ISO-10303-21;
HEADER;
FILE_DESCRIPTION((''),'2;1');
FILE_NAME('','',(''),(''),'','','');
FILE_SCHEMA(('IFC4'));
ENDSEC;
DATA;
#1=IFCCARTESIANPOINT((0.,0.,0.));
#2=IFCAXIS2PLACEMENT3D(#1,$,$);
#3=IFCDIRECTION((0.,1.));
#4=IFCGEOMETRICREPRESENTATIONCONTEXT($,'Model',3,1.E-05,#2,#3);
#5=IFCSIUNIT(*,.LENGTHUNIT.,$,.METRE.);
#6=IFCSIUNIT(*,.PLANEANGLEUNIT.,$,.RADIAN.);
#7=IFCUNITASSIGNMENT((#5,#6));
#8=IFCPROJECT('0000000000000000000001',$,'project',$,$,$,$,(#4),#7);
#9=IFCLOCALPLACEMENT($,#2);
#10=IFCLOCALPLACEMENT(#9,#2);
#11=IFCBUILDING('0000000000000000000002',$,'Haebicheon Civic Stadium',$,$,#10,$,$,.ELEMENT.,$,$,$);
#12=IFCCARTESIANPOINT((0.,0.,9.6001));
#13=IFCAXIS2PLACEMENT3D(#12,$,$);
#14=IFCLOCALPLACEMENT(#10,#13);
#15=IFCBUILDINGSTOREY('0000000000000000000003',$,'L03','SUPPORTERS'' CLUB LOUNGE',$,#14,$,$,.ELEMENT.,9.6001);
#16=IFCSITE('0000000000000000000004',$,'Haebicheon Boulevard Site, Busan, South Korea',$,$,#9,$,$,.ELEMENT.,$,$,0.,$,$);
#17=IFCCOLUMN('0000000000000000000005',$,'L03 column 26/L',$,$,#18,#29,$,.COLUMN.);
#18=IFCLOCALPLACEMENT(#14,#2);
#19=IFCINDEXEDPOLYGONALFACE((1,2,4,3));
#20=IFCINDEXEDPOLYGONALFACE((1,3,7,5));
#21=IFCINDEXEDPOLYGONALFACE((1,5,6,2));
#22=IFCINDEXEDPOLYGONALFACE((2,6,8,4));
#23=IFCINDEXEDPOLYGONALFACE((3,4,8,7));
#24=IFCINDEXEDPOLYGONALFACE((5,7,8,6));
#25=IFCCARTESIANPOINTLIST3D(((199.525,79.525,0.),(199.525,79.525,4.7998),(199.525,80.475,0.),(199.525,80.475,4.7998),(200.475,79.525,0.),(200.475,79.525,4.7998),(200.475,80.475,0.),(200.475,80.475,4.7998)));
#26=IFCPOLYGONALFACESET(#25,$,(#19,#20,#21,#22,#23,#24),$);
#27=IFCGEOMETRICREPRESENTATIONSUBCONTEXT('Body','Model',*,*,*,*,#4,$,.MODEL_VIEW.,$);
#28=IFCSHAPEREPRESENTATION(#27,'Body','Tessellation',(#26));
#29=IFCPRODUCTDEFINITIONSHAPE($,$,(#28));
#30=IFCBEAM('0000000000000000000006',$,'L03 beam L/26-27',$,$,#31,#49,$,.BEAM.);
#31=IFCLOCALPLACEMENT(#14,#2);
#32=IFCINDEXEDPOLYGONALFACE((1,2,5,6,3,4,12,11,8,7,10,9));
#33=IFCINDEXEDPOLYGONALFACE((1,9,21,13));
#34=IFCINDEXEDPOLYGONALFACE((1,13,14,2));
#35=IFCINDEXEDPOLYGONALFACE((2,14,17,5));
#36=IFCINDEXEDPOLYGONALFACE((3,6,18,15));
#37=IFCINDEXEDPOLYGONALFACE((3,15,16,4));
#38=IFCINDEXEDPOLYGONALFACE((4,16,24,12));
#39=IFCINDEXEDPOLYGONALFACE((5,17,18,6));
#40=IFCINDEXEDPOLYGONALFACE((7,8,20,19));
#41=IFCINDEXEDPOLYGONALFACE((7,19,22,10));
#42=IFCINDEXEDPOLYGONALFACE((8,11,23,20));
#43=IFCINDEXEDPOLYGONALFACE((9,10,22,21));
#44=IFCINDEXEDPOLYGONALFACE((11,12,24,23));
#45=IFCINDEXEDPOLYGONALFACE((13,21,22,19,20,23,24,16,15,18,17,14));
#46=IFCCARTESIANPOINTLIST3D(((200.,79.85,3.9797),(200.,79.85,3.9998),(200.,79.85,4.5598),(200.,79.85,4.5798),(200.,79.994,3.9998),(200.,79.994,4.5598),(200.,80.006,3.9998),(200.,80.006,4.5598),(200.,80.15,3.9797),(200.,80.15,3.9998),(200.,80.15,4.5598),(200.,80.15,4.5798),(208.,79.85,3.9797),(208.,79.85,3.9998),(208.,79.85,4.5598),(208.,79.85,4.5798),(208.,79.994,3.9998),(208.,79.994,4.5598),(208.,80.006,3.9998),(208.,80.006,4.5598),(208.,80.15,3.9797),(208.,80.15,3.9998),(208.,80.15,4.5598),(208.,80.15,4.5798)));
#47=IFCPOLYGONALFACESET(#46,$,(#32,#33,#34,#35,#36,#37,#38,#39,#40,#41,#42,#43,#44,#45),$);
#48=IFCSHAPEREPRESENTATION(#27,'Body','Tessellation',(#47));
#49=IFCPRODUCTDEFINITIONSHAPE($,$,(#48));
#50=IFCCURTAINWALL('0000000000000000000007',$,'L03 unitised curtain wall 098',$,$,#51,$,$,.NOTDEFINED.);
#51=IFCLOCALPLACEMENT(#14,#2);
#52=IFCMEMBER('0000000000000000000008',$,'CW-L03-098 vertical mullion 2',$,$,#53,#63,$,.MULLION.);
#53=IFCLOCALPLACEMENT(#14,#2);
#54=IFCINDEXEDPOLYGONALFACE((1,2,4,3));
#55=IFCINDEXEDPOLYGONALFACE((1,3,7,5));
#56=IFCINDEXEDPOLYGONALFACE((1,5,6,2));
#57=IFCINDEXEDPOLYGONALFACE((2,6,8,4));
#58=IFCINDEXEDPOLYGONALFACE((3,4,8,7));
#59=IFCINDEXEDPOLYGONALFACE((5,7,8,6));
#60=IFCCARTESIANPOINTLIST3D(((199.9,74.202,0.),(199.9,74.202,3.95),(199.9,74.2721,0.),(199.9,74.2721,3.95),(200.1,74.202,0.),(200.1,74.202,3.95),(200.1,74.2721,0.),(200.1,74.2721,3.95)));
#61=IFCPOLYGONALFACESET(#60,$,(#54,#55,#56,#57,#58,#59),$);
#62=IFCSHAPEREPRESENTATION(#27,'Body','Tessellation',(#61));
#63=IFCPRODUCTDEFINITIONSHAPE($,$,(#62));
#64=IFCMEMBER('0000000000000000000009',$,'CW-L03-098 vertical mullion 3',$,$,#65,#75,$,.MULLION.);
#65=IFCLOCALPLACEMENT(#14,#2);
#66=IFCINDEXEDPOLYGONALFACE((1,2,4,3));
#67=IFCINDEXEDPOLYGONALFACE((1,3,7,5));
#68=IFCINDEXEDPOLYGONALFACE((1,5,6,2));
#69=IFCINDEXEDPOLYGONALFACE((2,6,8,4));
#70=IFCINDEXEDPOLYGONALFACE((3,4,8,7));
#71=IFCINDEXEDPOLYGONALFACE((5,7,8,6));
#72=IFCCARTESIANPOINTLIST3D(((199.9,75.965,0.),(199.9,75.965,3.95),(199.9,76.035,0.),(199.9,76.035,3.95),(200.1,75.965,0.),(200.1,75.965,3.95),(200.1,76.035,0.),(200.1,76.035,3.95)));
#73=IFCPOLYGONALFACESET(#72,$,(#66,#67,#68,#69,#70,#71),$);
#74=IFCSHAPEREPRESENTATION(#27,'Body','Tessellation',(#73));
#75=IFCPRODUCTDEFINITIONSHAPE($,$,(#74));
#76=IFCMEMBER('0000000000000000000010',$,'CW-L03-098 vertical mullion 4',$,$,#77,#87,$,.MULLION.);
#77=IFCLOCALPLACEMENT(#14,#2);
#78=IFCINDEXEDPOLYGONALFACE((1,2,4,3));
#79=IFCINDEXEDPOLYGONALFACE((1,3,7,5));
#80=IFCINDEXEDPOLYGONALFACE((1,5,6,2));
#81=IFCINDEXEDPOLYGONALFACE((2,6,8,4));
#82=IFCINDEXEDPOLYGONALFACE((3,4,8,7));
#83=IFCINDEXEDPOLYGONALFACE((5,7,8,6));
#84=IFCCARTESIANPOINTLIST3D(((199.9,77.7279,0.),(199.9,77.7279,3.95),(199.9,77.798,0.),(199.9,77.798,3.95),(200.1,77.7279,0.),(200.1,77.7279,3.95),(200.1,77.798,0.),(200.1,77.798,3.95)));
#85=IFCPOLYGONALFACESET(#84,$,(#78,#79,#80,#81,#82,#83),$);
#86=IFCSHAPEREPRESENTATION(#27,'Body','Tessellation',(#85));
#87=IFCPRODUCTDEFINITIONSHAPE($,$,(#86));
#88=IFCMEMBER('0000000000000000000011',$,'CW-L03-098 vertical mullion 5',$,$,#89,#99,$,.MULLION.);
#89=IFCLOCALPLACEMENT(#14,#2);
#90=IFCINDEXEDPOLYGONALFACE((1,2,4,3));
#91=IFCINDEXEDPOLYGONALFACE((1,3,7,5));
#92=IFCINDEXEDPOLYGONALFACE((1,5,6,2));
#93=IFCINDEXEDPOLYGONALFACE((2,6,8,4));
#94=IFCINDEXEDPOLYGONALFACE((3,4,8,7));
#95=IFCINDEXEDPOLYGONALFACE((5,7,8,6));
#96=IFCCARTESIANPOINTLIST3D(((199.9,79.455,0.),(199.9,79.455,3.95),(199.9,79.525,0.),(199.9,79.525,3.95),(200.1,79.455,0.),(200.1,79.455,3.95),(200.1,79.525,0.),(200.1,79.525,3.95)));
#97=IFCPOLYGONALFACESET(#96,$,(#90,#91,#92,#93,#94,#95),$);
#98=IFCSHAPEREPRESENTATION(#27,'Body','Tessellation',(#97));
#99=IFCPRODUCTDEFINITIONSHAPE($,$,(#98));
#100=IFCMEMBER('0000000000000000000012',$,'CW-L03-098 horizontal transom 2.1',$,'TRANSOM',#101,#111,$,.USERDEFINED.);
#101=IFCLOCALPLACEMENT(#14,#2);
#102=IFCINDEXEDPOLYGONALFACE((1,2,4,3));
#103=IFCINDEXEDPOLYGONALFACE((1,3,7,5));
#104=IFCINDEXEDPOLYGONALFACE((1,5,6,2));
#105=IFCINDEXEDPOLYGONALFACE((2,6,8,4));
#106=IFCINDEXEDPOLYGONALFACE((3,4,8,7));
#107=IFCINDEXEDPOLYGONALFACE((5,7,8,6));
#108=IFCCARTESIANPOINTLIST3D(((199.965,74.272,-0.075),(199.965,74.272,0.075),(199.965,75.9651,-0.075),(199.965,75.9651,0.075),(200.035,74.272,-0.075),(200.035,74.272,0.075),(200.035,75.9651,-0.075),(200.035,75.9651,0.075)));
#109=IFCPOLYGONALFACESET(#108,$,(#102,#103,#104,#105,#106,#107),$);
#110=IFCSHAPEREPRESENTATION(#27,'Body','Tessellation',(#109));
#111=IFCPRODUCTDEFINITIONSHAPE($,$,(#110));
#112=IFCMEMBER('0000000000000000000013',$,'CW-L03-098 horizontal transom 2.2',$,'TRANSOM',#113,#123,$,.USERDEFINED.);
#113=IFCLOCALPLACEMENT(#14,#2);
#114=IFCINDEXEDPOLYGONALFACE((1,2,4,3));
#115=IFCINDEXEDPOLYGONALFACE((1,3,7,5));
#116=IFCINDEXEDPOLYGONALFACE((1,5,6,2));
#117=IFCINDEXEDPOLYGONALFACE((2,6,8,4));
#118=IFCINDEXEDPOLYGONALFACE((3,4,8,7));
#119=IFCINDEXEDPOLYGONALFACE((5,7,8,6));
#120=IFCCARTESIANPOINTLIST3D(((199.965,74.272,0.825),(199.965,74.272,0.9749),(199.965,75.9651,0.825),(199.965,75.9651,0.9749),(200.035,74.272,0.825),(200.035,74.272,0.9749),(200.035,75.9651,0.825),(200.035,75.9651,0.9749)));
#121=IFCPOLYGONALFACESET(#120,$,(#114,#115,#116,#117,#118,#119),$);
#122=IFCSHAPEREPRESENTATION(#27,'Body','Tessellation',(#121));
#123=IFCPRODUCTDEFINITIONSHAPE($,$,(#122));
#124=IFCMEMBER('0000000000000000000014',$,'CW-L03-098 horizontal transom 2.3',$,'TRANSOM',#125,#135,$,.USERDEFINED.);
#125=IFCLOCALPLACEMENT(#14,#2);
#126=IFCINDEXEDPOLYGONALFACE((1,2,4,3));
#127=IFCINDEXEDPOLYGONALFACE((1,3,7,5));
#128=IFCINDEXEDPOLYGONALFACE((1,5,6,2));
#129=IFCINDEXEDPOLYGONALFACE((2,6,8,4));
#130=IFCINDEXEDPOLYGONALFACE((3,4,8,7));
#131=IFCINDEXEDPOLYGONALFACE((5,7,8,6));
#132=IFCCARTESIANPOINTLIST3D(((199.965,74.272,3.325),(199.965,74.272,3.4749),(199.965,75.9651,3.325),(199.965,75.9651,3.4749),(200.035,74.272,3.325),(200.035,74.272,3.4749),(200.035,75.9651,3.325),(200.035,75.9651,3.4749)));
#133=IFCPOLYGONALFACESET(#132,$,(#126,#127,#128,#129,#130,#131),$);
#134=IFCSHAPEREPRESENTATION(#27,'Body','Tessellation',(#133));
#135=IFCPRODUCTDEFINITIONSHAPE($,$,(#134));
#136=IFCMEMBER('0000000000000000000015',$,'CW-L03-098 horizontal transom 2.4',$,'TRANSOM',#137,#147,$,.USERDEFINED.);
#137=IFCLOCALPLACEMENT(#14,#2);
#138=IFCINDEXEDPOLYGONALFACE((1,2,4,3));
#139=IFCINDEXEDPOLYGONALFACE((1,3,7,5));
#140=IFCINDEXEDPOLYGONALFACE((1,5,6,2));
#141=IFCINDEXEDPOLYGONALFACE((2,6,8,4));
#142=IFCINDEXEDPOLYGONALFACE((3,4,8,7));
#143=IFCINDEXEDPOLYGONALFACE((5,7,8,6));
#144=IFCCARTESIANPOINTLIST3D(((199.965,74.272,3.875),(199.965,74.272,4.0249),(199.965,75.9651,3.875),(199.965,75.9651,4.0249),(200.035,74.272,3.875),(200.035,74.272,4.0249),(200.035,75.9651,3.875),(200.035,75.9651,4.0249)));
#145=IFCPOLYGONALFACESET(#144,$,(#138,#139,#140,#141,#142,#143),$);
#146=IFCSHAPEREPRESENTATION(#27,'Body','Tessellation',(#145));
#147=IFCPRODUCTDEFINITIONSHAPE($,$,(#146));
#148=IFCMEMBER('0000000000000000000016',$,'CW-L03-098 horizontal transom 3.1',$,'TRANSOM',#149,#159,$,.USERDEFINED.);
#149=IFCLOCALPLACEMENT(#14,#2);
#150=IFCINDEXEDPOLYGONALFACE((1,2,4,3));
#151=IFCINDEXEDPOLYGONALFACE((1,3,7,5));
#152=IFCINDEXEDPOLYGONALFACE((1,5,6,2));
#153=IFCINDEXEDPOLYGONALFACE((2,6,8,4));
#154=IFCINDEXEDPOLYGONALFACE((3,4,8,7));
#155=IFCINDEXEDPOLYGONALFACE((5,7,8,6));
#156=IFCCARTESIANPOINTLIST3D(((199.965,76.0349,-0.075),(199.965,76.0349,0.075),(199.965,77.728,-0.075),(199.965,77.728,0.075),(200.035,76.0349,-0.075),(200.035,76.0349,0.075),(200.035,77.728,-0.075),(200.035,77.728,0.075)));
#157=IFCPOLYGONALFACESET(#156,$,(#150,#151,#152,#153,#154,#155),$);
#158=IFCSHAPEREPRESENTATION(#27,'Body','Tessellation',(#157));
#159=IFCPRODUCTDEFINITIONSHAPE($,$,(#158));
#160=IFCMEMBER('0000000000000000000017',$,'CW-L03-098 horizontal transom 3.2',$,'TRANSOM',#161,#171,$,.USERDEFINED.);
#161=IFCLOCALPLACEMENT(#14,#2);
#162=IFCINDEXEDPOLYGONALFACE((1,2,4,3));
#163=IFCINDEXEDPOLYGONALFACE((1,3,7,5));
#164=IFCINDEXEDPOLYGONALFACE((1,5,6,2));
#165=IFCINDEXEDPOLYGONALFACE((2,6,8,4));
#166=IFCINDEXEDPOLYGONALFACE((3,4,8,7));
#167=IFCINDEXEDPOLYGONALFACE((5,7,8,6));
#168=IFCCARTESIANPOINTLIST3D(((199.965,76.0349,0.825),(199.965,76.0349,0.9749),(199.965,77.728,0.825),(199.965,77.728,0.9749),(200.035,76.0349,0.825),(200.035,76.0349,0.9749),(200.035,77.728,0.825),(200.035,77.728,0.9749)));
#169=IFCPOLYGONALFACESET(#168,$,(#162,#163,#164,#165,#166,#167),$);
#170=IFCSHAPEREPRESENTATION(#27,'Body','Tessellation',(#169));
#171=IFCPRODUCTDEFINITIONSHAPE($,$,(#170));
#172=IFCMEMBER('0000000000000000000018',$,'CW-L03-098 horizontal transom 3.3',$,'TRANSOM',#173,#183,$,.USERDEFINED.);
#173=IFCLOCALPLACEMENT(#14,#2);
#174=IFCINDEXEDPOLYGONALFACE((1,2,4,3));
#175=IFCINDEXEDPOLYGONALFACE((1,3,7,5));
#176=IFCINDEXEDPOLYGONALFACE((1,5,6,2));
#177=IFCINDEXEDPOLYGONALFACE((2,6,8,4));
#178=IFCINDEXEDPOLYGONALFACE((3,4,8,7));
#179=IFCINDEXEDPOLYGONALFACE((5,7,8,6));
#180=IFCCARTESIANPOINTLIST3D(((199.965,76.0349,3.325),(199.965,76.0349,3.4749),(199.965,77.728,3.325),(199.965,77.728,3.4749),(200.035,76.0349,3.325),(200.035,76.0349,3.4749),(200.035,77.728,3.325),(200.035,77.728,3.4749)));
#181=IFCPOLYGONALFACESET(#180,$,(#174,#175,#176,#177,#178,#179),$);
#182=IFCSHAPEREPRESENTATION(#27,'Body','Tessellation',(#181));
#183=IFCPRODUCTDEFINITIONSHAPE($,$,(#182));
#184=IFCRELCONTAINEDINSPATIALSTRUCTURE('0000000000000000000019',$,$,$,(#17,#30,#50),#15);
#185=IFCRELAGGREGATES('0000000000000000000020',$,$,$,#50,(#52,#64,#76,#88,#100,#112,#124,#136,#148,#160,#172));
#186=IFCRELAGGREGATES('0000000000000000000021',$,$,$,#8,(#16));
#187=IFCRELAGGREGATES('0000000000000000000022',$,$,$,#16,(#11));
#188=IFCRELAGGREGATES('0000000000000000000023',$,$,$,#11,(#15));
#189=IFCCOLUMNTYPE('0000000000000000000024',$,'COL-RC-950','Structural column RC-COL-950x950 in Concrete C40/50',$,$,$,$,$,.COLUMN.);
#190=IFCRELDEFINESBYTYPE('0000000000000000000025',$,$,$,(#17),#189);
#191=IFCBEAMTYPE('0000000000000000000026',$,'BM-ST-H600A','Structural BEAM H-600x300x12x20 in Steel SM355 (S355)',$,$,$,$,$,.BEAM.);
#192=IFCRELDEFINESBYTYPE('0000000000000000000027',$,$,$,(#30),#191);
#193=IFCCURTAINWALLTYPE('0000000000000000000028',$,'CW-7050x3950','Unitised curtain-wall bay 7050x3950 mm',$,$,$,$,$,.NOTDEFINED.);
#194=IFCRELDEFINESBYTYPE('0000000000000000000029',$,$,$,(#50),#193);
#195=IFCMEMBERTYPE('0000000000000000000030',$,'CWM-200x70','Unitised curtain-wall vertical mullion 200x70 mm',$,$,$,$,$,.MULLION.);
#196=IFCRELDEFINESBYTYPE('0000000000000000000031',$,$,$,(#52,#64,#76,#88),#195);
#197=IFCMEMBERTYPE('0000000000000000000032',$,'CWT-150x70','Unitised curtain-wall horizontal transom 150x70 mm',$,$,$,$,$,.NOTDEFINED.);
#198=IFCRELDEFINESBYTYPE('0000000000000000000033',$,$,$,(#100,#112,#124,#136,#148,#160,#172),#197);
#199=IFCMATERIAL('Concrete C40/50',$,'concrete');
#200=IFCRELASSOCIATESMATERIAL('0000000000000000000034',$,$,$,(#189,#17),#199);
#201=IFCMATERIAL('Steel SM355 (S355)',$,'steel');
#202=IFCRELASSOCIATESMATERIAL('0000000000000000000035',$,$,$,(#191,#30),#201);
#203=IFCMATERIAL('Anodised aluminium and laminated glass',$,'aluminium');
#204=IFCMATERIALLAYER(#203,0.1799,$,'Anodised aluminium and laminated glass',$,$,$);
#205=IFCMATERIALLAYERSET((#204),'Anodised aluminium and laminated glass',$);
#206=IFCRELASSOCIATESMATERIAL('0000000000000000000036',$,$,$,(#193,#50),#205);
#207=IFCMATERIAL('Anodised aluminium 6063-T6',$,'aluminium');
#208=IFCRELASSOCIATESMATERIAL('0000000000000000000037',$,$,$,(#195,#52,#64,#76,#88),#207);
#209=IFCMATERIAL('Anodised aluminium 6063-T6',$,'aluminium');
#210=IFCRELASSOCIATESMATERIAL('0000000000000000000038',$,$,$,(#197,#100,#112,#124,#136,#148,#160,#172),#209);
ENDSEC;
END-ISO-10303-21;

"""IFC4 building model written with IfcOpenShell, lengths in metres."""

from ifc_helpers import new_model, si_unit, direction, frame, origin, origin_2d, place, context, subcontext, project, spatial, rectangle, i_section, extrude, material, layer, layer_set, material_profile, profile_set, type_object, element, aggregate, save


model = new_model("IFC4")

# Units and contexts
model_context = context("Model", 3, precision=1e-05, world=origin(), true_north=direction((0.0, 1.0)))
body_context = subcontext(model_context, "Body", "Model", "MODEL_VIEW")
ifc_project = project(units=[si_unit("LENGTHUNIT", "METRE"), si_unit("PLANEANGLEUNIT", "RADIAN")], contexts=[model_context])

# Site, building, storey
site_placement = place(None, origin())
site = spatial("IfcSite", under=ifc_project, at=site_placement, Name="Haebicheon Boulevard Site, Busan, South Korea", CompositionType="ELEMENT", RefElevation=0.0)
building_placement = place(site_placement, origin())
building = spatial("IfcBuilding", under=site, at=building_placement, Name="Haebicheon Civic Stadium", CompositionType="ELEMENT")
storey_placement = place(building_placement, frame((0.0, 0.0, 9.6001)))
storey = spatial("IfcBuildingStorey", under=building, at=storey_placement, Name="L03", Description="SUPPORTERS' CLUB LOUNGE", CompositionType="ELEMENT", Elevation=9.6001)

# Column
ifc_material_1 = material(Name="Concrete C40/50", Category="concrete")
ifc_material_profile_1 = material_profile(ifc_material_1, rectangle(XDim=0.95, YDim=0.95, at=origin_2d()), Name="RC-COL-950x950")
ifc_profile_set_1 = profile_set([ifc_material_profile_1], Name="Concrete C40/50")
column_type = type_object("IfcColumnType", Name="COL-RC-950", Description="Structural column RC-COL-950x950 in Concrete C40/50", PredefinedType="COLUMN", material=ifc_profile_set_1)
column_placement = place(storey_placement, frame((200.0, 80.0, 0.0), z_axis=(0.0, 0.0, 1.0), x_axis=(1.0, 0.0, 0.0)))
element("IfcColumn", 1, at=column_placement, inside=storey, type_object=column_type, material=ifc_profile_set_1, Name="L03 column 26/L", PredefinedType="COLUMN", context=body_context, shape_type="SweptSolid", body=[
    extrude(rectangle(XDim=0.95, YDim=0.95, at=origin_2d()), origin(), (0.0, 0.0, 1.0), 4.7998),
])

# Beam
ifc_material_2 = material(Name="Steel SM355 (S355)", Category="steel")
ifc_material_profile_2 = material_profile(ifc_material_2, i_section(OverallWidth=0.3, OverallDepth=0.6001, WebThickness=0.012, FlangeThickness=0.02, at=origin_2d()), Name="H-600x300x12x20")
ifc_profile_set_2 = profile_set([ifc_material_profile_2], Name="Steel SM355 (S355)")
beam_type_1 = type_object("IfcBeamType", Name="BM-ST-H600A", Description="Structural BEAM H-600x300x12x20 in Steel SM355 (S355)", PredefinedType="BEAM", material=ifc_profile_set_2)
beam_1_placement = place(storey_placement, frame((200.0, 80.0, 4.2798), z_axis=(1.0, 0.0, 0.0), x_axis=(0.0, 1.0, 0.0)))
element("IfcBeam", 2, at=beam_1_placement, inside=storey, type_object=beam_type_1, material=ifc_profile_set_2, Name="L03 beam L/26-27", PredefinedType="BEAM", context=body_context, shape_type="SweptSolid", body=[
    extrude(i_section(OverallWidth=0.3, OverallDepth=0.6001, WebThickness=0.012, FlangeThickness=0.02, at=origin_2d()), origin(), (0.0, 0.0, 1.0), 8.0),
])

# Curtain wall, members
ifc_material_3 = material(Name="Anodised aluminium and laminated glass", Category="aluminium")
ifc_layer_1 = layer(ifc_material_3, 0.1799, Name="Anodised aluminium and laminated glass")
ifc_layer_set_1 = layer_set([ifc_layer_1], Name="Anodised aluminium and laminated glass")
curtain_wall_type = type_object("IfcCurtainWallType", Name="CW-7050x3950", Description="Unitised curtain-wall bay 7050x3950 mm", PredefinedType="NOTDEFINED", material=ifc_layer_set_1)
curtain_wall_placement = place(storey_placement, origin())
curtain_wall = element("IfcCurtainWall", 3, at=curtain_wall_placement, inside=storey, type_object=curtain_wall_type, material=ifc_layer_set_1, Name="L03 unitised curtain wall 098", PredefinedType="NOTDEFINED")
ifc_material_4 = material(Name="Anodised aluminium 6063-T6", Category="aluminium")
ifc_material_profile_3 = material_profile(ifc_material_4, rectangle(XDim=0.0701, YDim=0.2, at=origin_2d()), Name="ALU-MULL-70x200")
ifc_profile_set_3 = profile_set([ifc_material_profile_3], Name="Anodised aluminium 6063-T6")
member_type_1 = type_object("IfcMemberType", Name="CWM-200x70", Description="Unitised curtain-wall vertical mullion 200x70 mm", PredefinedType="MULLION", material=ifc_profile_set_3)
member_1_placement = place(storey_placement, frame((200.0, 74.2371, 0.0), z_axis=(0.0, 0.0, 1.0), x_axis=(0.0, 1.0, 0.0)))
member_1 = element("IfcMember", 4, at=member_1_placement, type_object=member_type_1, material=ifc_profile_set_3, Name="CW-L03-098 vertical mullion 2", PredefinedType="MULLION", context=body_context, shape_type="SweptSolid", body=[
    extrude(rectangle(XDim=0.0701, YDim=0.2, at=origin_2d()), origin(), (0.0, 0.0, 1.0), 3.95),
])
member_2_placement = place(storey_placement, frame((200.0, 76.0, 0.0), z_axis=(0.0, 0.0, 1.0), x_axis=(0.0, 1.0, 0.0)))
member_2 = element("IfcMember", 5, at=member_2_placement, type_object=member_type_1, material=ifc_profile_set_3, Name="CW-L03-098 vertical mullion 3", PredefinedType="MULLION", context=body_context, shape_type="SweptSolid", body=[
    extrude(rectangle(XDim=0.0701, YDim=0.2, at=origin_2d()), origin(), (0.0, 0.0, 1.0), 3.95),
])
member_3_placement = place(storey_placement, frame((200.0, 77.7629, 0.0), z_axis=(0.0, 0.0, 1.0), x_axis=(0.0, 1.0, 0.0)))
member_3 = element("IfcMember", 6, at=member_3_placement, type_object=member_type_1, material=ifc_profile_set_3, Name="CW-L03-098 vertical mullion 4", PredefinedType="MULLION", context=body_context, shape_type="SweptSolid", body=[
    extrude(rectangle(XDim=0.0701, YDim=0.2, at=origin_2d()), origin(), (0.0, 0.0, 1.0), 3.95),
])
member_4_placement = place(storey_placement, frame((200.0, 79.49, 0.0), z_axis=(0.0, 0.0, 1.0), x_axis=(0.0, 1.0, 0.0)))
member_4 = element("IfcMember", 7, at=member_4_placement, type_object=member_type_1, material=ifc_profile_set_3, Name="CW-L03-098 vertical mullion 5", PredefinedType="MULLION", context=body_context, shape_type="SweptSolid", body=[
    extrude(rectangle(XDim=0.0701, YDim=0.2, at=origin_2d()), origin(), (0.0, 0.0, 1.0), 3.95),
])
ifc_material_5 = material(Name="Anodised aluminium 6063-T6", Category="aluminium")
ifc_material_profile_4 = material_profile(ifc_material_5, rectangle(XDim=0.0701, YDim=0.1499, at=origin_2d()), Name="ALU-TRAN-70x150")
ifc_profile_set_4 = profile_set([ifc_material_profile_4], Name="Anodised aluminium 6063-T6")
member_type_2 = type_object("IfcMemberType", Name="CWT-150x70", Description="Unitised curtain-wall horizontal transom 150x70 mm", PredefinedType="NOTDEFINED", material=ifc_profile_set_4)
member_5_placement = place(storey_placement, frame((200.0, 74.272, 0.0), z_axis=(0.0, 1.0, 0.0), x_axis=(-1.0, 0.0, 0.0)))
member_5 = element("IfcMember", 8, at=member_5_placement, type_object=member_type_2, material=ifc_profile_set_4, Name="CW-L03-098 horizontal transom 2.1", ObjectType="TRANSOM", PredefinedType="USERDEFINED", context=body_context, shape_type="SweptSolid", body=[
    extrude(rectangle(XDim=0.0701, YDim=0.1499, at=origin_2d()), origin(), (0.0, 0.0, 1.0), 1.6931),
])
member_6_placement = place(storey_placement, frame((200.0, 74.272, 0.8999), z_axis=(0.0, 1.0, 0.0), x_axis=(-1.0, 0.0, 0.0)))
member_6 = element("IfcMember", 9, at=member_6_placement, type_object=member_type_2, material=ifc_profile_set_4, Name="CW-L03-098 horizontal transom 2.2", ObjectType="TRANSOM", PredefinedType="USERDEFINED", context=body_context, shape_type="SweptSolid", body=[
    extrude(rectangle(XDim=0.0701, YDim=0.1499, at=origin_2d()), origin(), (0.0, 0.0, 1.0), 1.6931),
])
member_7_placement = place(storey_placement, frame((200.0, 74.272, 3.3999), z_axis=(0.0, 1.0, 0.0), x_axis=(-1.0, 0.0, 0.0)))
member_7 = element("IfcMember", 10, at=member_7_placement, type_object=member_type_2, material=ifc_profile_set_4, Name="CW-L03-098 horizontal transom 2.3", ObjectType="TRANSOM", PredefinedType="USERDEFINED", context=body_context, shape_type="SweptSolid", body=[
    extrude(rectangle(XDim=0.0701, YDim=0.1499, at=origin_2d()), origin(), (0.0, 0.0, 1.0), 1.6931),
])
member_8_placement = place(storey_placement, frame((200.0, 74.272, 3.95), z_axis=(0.0, 1.0, 0.0), x_axis=(-1.0, 0.0, 0.0)))
member_8 = element("IfcMember", 11, at=member_8_placement, type_object=member_type_2, material=ifc_profile_set_4, Name="CW-L03-098 horizontal transom 2.4", ObjectType="TRANSOM", PredefinedType="USERDEFINED", context=body_context, shape_type="SweptSolid", body=[
    extrude(rectangle(XDim=0.0701, YDim=0.1499, at=origin_2d()), origin(), (0.0, 0.0, 1.0), 1.6931),
])
member_9_placement = place(storey_placement, frame((200.0, 76.0349, 0.0), z_axis=(0.0, 1.0, 0.0), x_axis=(-1.0, 0.0, 0.0)))
member_9 = element("IfcMember", 12, at=member_9_placement, type_object=member_type_2, material=ifc_profile_set_4, Name="CW-L03-098 horizontal transom 3.1", ObjectType="TRANSOM", PredefinedType="USERDEFINED", context=body_context, shape_type="SweptSolid", body=[
    extrude(rectangle(XDim=0.0701, YDim=0.1499, at=origin_2d()), origin(), (0.0, 0.0, 1.0), 1.6931),
])
member_10_placement = place(storey_placement, frame((200.0, 76.0349, 0.8999), z_axis=(0.0, 1.0, 0.0), x_axis=(-1.0, 0.0, 0.0)))
member_10 = element("IfcMember", 13, at=member_10_placement, type_object=member_type_2, material=ifc_profile_set_4, Name="CW-L03-098 horizontal transom 3.2", ObjectType="TRANSOM", PredefinedType="USERDEFINED", context=body_context, shape_type="SweptSolid", body=[
    extrude(rectangle(XDim=0.0701, YDim=0.1499, at=origin_2d()), origin(), (0.0, 0.0, 1.0), 1.6931),
])
member_11_placement = place(storey_placement, frame((200.0, 76.0349, 3.3999), z_axis=(0.0, 1.0, 0.0), x_axis=(-1.0, 0.0, 0.0)))
member_11 = element("IfcMember", 14, at=member_11_placement, type_object=member_type_2, material=ifc_profile_set_4, Name="CW-L03-098 horizontal transom 3.3", ObjectType="TRANSOM", PredefinedType="USERDEFINED", context=body_context, shape_type="SweptSolid", body=[
    extrude(rectangle(XDim=0.0701, YDim=0.1499, at=origin_2d()), origin(), (0.0, 0.0, 1.0), 1.6931),
])

aggregate(curtain_wall, [member_1, member_2, member_3, member_4, member_5, member_6, member_7, member_8, member_9, member_10, member_11])

save(model, "model.ifc")
